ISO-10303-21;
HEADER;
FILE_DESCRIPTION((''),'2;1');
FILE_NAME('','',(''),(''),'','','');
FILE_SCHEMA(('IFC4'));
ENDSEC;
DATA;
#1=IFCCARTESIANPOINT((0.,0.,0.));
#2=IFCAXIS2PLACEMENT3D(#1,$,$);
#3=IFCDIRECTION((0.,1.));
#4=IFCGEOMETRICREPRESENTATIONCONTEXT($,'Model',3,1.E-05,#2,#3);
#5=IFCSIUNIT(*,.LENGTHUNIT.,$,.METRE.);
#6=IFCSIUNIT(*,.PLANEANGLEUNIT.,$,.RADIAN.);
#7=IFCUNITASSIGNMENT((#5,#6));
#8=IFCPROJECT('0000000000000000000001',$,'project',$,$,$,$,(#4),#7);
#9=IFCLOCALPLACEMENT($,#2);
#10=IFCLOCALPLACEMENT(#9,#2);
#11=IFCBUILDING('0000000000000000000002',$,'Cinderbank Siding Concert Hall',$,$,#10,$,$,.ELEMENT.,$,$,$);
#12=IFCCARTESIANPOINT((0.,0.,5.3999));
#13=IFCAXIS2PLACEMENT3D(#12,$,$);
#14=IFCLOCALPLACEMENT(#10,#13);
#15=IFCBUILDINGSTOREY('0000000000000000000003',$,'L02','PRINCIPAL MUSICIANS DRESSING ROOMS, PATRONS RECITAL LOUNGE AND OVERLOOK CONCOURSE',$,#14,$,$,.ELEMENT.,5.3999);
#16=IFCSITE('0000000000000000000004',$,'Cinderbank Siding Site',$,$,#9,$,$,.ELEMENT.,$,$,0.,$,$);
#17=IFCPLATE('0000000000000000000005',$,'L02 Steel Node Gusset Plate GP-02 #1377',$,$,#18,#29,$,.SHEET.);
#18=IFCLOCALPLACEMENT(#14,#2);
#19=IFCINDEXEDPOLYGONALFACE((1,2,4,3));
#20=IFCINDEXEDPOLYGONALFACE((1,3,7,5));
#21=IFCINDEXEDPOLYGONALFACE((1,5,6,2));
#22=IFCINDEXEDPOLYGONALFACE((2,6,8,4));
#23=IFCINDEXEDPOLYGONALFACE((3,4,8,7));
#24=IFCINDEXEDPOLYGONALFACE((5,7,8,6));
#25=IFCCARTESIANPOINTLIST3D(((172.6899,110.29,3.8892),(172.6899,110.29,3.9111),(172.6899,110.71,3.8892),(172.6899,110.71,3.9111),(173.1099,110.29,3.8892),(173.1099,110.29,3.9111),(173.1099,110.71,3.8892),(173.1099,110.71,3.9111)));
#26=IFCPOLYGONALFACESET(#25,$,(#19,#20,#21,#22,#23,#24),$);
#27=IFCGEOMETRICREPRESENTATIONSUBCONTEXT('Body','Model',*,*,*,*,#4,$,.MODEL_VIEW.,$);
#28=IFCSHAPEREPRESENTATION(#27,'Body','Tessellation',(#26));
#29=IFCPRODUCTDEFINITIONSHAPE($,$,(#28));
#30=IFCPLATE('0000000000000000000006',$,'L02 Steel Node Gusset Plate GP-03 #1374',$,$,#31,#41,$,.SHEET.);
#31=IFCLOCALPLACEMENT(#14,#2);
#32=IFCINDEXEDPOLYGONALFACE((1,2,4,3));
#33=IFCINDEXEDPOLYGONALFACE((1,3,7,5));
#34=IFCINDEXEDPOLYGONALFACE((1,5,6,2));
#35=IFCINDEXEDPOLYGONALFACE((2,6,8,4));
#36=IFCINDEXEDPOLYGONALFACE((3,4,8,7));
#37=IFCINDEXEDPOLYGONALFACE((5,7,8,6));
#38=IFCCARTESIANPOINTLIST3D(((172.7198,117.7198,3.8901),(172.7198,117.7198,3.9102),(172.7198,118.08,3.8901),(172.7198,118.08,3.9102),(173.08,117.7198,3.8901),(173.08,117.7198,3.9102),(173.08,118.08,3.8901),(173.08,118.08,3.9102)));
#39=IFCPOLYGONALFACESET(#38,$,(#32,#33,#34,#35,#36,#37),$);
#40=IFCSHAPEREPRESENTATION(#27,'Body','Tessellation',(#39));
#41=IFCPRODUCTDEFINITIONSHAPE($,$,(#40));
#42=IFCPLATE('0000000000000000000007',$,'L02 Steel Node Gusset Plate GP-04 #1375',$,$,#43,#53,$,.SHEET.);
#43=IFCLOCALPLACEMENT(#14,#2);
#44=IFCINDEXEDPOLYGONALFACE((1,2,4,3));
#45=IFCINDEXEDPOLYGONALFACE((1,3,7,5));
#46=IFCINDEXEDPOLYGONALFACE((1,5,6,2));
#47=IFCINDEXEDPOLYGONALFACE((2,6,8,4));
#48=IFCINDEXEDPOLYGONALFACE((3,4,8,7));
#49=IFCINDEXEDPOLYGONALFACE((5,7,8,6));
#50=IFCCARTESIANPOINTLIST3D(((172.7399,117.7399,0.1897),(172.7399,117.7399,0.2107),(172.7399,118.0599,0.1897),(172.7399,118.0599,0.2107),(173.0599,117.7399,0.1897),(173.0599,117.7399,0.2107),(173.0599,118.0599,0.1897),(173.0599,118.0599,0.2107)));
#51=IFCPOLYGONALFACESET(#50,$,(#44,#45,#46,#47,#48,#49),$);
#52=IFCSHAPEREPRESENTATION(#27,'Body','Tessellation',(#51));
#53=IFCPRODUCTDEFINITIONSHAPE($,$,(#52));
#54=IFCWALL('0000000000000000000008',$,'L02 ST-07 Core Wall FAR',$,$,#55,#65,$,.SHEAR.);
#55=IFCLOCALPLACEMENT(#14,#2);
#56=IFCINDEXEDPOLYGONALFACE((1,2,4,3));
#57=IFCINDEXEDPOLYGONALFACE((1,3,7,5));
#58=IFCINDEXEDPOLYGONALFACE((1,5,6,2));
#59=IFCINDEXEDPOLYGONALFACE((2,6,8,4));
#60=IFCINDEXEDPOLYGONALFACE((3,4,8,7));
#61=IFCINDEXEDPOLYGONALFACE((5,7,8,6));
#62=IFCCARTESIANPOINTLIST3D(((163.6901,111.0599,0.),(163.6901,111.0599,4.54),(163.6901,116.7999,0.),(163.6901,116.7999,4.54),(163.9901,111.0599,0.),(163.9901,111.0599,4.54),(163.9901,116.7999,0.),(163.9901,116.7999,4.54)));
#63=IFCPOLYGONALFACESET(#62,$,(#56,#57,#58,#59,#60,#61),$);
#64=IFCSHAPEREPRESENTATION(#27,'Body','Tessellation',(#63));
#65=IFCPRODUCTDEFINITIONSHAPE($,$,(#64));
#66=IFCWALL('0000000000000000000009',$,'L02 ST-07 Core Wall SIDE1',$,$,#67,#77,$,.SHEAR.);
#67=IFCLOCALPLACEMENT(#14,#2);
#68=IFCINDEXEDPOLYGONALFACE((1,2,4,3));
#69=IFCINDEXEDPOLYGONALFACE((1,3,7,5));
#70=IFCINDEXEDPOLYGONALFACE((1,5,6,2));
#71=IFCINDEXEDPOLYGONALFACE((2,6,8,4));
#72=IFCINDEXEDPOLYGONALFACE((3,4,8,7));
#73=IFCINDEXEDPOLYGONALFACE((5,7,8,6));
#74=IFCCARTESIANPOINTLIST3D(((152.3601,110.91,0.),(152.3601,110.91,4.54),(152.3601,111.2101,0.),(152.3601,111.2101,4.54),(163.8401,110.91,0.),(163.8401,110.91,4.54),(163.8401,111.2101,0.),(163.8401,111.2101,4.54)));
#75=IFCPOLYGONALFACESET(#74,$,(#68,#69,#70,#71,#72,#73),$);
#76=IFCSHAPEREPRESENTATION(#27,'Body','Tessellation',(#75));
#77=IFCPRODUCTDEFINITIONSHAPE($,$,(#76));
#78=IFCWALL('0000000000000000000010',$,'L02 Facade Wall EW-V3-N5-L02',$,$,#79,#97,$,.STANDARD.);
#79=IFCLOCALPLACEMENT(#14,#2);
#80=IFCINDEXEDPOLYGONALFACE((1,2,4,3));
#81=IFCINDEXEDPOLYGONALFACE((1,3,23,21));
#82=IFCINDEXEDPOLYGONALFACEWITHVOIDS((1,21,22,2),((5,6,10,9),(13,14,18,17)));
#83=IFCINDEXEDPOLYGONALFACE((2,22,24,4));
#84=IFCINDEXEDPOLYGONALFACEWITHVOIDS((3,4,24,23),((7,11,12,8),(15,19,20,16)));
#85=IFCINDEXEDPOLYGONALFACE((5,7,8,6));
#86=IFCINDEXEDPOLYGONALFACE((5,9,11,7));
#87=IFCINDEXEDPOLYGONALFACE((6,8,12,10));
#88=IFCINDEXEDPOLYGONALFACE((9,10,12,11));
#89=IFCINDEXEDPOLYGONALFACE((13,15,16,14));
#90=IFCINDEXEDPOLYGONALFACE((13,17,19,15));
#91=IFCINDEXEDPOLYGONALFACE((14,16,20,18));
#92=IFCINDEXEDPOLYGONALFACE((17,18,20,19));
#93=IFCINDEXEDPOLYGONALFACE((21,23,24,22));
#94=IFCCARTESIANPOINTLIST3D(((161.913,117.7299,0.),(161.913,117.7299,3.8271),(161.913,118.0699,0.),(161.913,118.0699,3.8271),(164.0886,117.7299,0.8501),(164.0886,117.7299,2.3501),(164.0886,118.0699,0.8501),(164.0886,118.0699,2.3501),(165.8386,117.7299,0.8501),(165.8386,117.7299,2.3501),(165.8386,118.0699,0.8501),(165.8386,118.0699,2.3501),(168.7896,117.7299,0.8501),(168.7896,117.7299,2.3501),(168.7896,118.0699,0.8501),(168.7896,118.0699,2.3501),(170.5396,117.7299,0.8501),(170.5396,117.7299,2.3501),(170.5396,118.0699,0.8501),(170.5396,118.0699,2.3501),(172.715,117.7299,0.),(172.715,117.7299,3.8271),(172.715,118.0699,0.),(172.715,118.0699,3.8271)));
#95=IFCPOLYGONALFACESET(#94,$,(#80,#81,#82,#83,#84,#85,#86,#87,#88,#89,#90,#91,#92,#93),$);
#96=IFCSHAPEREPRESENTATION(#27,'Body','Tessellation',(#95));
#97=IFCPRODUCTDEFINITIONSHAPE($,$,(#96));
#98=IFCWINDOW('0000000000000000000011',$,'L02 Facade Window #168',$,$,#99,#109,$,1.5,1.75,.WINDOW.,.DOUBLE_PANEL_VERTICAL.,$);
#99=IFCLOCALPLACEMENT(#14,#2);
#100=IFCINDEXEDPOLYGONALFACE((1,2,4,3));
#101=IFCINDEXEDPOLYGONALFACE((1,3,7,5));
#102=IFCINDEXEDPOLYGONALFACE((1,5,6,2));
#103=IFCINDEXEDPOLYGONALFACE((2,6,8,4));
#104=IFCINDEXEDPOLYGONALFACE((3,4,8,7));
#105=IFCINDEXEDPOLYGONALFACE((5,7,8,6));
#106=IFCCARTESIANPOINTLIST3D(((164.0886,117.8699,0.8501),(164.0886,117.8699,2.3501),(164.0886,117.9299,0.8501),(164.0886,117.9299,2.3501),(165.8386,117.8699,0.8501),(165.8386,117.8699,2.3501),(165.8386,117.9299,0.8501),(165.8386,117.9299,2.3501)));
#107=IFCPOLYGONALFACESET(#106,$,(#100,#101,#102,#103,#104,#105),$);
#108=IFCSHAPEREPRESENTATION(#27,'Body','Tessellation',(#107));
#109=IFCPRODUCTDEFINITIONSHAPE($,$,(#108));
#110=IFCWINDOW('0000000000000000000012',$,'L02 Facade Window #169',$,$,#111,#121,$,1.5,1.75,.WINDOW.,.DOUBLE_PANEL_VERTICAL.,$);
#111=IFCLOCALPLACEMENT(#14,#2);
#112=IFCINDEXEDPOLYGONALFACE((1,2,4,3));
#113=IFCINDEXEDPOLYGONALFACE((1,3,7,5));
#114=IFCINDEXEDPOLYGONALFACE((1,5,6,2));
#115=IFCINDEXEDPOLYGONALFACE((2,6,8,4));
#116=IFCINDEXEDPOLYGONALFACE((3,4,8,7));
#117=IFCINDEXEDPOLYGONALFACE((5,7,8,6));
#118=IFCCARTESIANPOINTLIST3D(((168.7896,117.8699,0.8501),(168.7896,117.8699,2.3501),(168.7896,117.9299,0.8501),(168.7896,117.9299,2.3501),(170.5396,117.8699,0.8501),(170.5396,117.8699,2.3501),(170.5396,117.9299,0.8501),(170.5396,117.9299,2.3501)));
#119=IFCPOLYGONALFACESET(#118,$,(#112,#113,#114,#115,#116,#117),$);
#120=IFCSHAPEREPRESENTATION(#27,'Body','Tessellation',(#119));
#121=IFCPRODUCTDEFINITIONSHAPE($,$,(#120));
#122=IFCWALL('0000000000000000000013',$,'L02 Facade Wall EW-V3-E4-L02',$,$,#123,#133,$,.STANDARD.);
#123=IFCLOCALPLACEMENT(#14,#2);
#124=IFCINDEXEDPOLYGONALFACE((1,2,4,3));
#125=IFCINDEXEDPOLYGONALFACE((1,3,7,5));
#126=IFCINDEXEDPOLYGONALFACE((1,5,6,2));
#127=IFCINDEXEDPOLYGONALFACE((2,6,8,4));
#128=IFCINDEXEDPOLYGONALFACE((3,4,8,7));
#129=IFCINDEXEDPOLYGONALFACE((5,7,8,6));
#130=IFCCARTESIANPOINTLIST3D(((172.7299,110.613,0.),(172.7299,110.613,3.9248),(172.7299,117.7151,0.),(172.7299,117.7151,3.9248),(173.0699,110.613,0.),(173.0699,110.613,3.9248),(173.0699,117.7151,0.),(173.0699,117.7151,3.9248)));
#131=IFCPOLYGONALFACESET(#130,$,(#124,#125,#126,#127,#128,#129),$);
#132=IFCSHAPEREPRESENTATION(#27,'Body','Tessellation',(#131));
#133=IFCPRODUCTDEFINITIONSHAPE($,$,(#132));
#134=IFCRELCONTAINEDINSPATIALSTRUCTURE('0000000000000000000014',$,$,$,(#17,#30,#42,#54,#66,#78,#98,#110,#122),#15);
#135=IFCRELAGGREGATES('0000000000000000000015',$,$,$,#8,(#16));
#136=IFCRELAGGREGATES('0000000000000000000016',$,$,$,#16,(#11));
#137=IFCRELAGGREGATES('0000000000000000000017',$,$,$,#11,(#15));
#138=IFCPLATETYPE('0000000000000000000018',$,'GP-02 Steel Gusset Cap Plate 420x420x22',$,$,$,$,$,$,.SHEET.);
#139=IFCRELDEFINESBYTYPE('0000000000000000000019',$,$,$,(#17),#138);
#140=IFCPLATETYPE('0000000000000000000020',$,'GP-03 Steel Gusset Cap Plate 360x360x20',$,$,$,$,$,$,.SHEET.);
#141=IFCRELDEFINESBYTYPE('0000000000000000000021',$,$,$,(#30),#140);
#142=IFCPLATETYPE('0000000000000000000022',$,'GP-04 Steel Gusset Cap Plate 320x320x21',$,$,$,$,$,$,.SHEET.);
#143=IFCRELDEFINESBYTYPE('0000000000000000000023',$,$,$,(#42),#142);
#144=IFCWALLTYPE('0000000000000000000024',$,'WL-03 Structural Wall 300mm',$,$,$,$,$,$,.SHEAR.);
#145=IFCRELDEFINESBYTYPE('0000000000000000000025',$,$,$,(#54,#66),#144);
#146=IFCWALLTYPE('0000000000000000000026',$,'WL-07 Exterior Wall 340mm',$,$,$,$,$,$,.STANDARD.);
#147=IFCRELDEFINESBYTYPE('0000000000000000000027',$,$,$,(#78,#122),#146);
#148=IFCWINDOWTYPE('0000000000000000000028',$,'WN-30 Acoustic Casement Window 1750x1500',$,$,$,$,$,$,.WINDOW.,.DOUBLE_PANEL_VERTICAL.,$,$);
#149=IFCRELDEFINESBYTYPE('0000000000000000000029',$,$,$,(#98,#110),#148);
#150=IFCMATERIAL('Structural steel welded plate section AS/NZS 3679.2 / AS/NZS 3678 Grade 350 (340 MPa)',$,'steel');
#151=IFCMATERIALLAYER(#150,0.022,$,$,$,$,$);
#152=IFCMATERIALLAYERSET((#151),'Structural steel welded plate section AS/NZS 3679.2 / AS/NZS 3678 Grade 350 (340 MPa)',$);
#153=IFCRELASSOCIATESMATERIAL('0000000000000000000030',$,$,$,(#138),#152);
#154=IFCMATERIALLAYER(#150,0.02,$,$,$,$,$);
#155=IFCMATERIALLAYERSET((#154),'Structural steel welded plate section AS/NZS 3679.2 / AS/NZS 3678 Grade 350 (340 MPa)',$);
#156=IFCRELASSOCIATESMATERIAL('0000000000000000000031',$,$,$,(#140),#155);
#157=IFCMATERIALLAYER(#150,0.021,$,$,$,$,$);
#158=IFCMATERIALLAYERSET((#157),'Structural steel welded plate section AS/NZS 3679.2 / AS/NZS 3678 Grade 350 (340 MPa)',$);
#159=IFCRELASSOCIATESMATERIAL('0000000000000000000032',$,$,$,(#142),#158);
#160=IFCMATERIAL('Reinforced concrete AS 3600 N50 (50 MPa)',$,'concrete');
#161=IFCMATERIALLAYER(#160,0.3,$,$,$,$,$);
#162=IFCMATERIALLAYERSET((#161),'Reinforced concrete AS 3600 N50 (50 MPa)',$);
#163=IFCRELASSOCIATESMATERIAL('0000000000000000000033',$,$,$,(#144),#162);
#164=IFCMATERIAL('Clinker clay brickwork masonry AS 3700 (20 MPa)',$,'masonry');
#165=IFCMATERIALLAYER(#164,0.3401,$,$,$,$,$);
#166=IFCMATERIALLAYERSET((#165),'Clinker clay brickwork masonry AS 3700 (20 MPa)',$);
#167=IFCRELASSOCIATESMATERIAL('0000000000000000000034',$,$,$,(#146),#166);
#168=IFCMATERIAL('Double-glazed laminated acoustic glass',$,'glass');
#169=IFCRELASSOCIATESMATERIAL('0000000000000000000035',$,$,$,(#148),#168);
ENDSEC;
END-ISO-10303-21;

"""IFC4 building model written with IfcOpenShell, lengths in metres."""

from ifc_helpers import new_model, si_unit, direction, frame, frame_2d, origin, origin_2d, place, context, subcontext, project, spatial, rectangle, extrude, material, layer, layer_set, type_object, element, fill, save


model = new_model("IFC4")

# Units and contexts
model_context = context("Model", 3, precision=1e-05, world=origin(), true_north=direction((0.0, 1.0)))
body_context = subcontext(model_context, "Body", "Model", "MODEL_VIEW")
ifc_project = project(units=[si_unit("LENGTHUNIT", "METRE"), si_unit("PLANEANGLEUNIT", "RADIAN")], contexts=[model_context])

# Site, building, storey
site_placement = place(None, origin())
site = spatial("IfcSite", under=ifc_project, at=site_placement, Name="Cinderbank Siding Site", CompositionType="ELEMENT", RefElevation=0.0)
building_placement = place(site_placement, origin())
building = spatial("IfcBuilding", under=site, at=building_placement, Name="Cinderbank Siding Concert Hall", CompositionType="ELEMENT")
storey_placement = place(building_placement, frame((0.0, 0.0, 5.3999)))
storey = spatial("IfcBuildingStorey", under=building, at=storey_placement, Name="L02", Description="PRINCIPAL MUSICIANS DRESSING ROOMS, PATRONS RECITAL LOUNGE AND OVERLOOK CONCOURSE", CompositionType="ELEMENT", Elevation=5.3999)

# Shared definitions
ifc_material_1 = material(Name="Reinforced concrete AS 3600 N50 (50 MPa)", Category="concrete")

# Shared definitions
ifc_material_2 = material(Name="Structural steel welded plate section AS/NZS 3679.2 / AS/NZS 3678 Grade 350 (340 MPa)", Category="steel")

# Plates
ifc_layer_1 = layer(ifc_material_2, 0.022)
ifc_layer_set_1 = layer_set([ifc_layer_1], Name="Structural steel welded plate section AS/NZS 3679.2 / AS/NZS 3678 Grade 350 (340 MPa)")
plate_type_1 = type_object("IfcPlateType", Name="GP-02 Steel Gusset Cap Plate 420x420x22", PredefinedType="SHEET", material=ifc_layer_set_1)
for number, where, z_axis, x_axis, name in (
    (1, (172.8999, 110.5, 3.8892), (0.0, 0.0, 1.0), (0.0, -1.0, 0.0), "L02 Steel Node Gusset Plate GP-02 #1377"),
):
    element("IfcPlate", number, at=place(storey_placement, frame(where, z_axis=z_axis, x_axis=x_axis)), inside=storey, type_object=plate_type_1, Name=name, PredefinedType="SHEET", context=body_context, shape_type="SweptSolid", body=[
        extrude(rectangle(XDim=0.4199, YDim=0.4199, at=origin_2d()), origin(), (0.0, 0.0, 1.0), 0.022),
    ])
ifc_layer_2 = layer(ifc_material_2, 0.02)
ifc_layer_set_2 = layer_set([ifc_layer_2], Name="Structural steel welded plate section AS/NZS 3679.2 / AS/NZS 3678 Grade 350 (340 MPa)")
plate_type_2 = type_object("IfcPlateType", Name="GP-03 Steel Gusset Cap Plate 360x360x20", PredefinedType="SHEET", material=ifc_layer_set_2)
plate_1_placement = place(storey_placement, frame((172.8999, 117.8999, 3.8901), z_axis=(0.0, 0.0, 1.0), x_axis=(0.0, 1.0, 0.0)))
element("IfcPlate", 2, at=plate_1_placement, inside=storey, type_object=plate_type_2, Name="L02 Steel Node Gusset Plate GP-03 #1374", PredefinedType="SHEET", context=body_context, shape_type="SweptSolid", body=[
    extrude(rectangle(XDim=0.3601, YDim=0.3601, at=origin_2d()), origin(), (0.0, 0.0, 1.0), 0.02),
])
ifc_layer_3 = layer(ifc_material_2, 0.021)
ifc_layer_set_3 = layer_set([ifc_layer_3], Name="Structural steel welded plate section AS/NZS 3679.2 / AS/NZS 3678 Grade 350 (340 MPa)")
plate_type_3 = type_object("IfcPlateType", Name="GP-04 Steel Gusset Cap Plate 320x320x21", PredefinedType="SHEET", material=ifc_layer_set_3)
plate_2_placement = place(storey_placement, frame((172.8999, 117.8999, 0.1897), z_axis=(0.0, 0.0, 1.0), x_axis=(0.0, -1.0, 0.0)))
element("IfcPlate", 3, at=plate_2_placement, inside=storey, type_object=plate_type_3, Name="L02 Steel Node Gusset Plate GP-04 #1375", PredefinedType="SHEET", context=body_context, shape_type="SweptSolid", body=[
    extrude(rectangle(XDim=0.3201, YDim=0.3201, at=origin_2d()), origin(), (0.0, 0.0, 1.0), 0.021),
])

# Walls
ifc_layer_4 = layer(ifc_material_1, 0.3)
ifc_layer_set_4 = layer_set([ifc_layer_4], Name="Reinforced concrete AS 3600 N50 (50 MPa)")
wall_type_1 = type_object("IfcWallType", Name="WL-03 Structural Wall 300mm", PredefinedType="SHEAR", material=ifc_layer_set_4)
wall_1_placement = place(storey_placement, frame((163.8401, 116.8, 0.0), z_axis=(0.0, 0.0, 1.0), x_axis=(0.0, -1.0, 0.0)))
element("IfcWall", 4, at=wall_1_placement, inside=storey, type_object=wall_type_1, Name="L02 ST-07 Core Wall FAR", PredefinedType="SHEAR", context=body_context, shape_type="SweptSolid", body=[
    extrude(rectangle(XDim=5.74, YDim=0.3, at=frame_2d((2.8701, 0.0))), origin(), (0.0, 0.0, 1.0), 4.54),
])
wall_2_placement = place(storey_placement, frame((163.8401, 111.0601, 0.0), z_axis=(0.0, 0.0, 1.0), x_axis=(-1.0, 0.0, 0.0)))
element("IfcWall", 5, at=wall_2_placement, inside=storey, type_object=wall_type_1, Name="L02 ST-07 Core Wall SIDE1", PredefinedType="SHEAR", context=body_context, shape_type="SweptSolid", body=[
    extrude(rectangle(XDim=11.48, YDim=0.3, at=frame_2d((5.74, 0.0))), origin(), (0.0, 0.0, 1.0), 4.54),
])

# Wall, openings, windows
ifc_material_3 = material(Name="Clinker clay brickwork masonry AS 3700 (20 MPa)", Category="masonry")
ifc_layer_5 = layer(ifc_material_3, 0.3401)
ifc_layer_set_5 = layer_set([ifc_layer_5], Name="Clinker clay brickwork masonry AS 3700 (20 MPa)")
wall_type_2 = type_object("IfcWallType", Name="WL-07 Exterior Wall 340mm", PredefinedType="STANDARD", material=ifc_layer_set_5)
wall_3_placement = place(storey_placement, frame((161.9131, 117.8999, 0.0), z_axis=(0.0, 0.0, 1.0), x_axis=(1.0, 0.0, 0.0)))
wall_3 = element("IfcWall", 6, at=wall_3_placement, inside=storey, type_object=wall_type_2, Name="L02 Facade Wall EW-V3-N5-L02", PredefinedType="STANDARD", context=body_context, shape_type="SweptSolid", body=[
    extrude(rectangle(XDim=10.802, YDim=0.3401, at=frame_2d((5.4009, 0.0))), origin(), (0.0, 0.0, 1.0), 3.8271),
])
opening_1_placement = place(wall_3_placement, frame((2.1755, 0.0, 0.8501)))
opening_1 = element("IfcOpeningElement", 7, at=opening_1_placement, cuts=wall_3, PredefinedType="OPENING", context=body_context, shape_type="SweptSolid", body=[
    extrude(rectangle(XDim=1.75, YDim=1.5, at=frame_2d((0.875, 0.75))), frame((0.0, 0.1821, 0.0), z_axis=(0.0, -1.0, 0.0), x_axis=(1.0, 0.0, 0.0)), (0.0, 0.0, 1.0), 0.364),
])
opening_2_placement = place(wall_3_placement, frame((6.8765, 0.0, 0.8501)))
opening_2 = element("IfcOpeningElement", 8, at=opening_2_placement, cuts=wall_3, PredefinedType="OPENING", context=body_context, shape_type="SweptSolid", body=[
    extrude(rectangle(XDim=1.75, YDim=1.5, at=frame_2d((0.875, 0.75))), frame((0.0, 0.1821, 0.0), z_axis=(0.0, -1.0, 0.0), x_axis=(1.0, 0.0, 0.0)), (0.0, 0.0, 1.0), 0.364),
])
ifc_material_4 = material(Name="Double-glazed laminated acoustic glass", Category="glass")
window_type = type_object("IfcWindowType", Name="WN-30 Acoustic Casement Window 1750x1500", PartitioningType="DOUBLE_PANEL_VERTICAL", PredefinedType="WINDOW", material=ifc_material_4)
window_1_placement = place(opening_1_placement, origin())
window_1 = element("IfcWindow", 9, at=window_1_placement, inside=storey, type_object=window_type, Name="L02 Facade Window #168", OverallHeight=1.5, OverallWidth=1.75, PartitioningType="DOUBLE_PANEL_VERTICAL", PredefinedType="WINDOW", context=body_context, shape_type="SweptSolid", body=[
    extrude(rectangle(XDim=1.75, YDim=1.5, at=frame_2d((0.875, 0.75))), frame((0.0, 0.03, 0.0), z_axis=(0.0, -1.0, 0.0), x_axis=(1.0, 0.0, 0.0)), (0.0, 0.0, 1.0), 0.0601),
])
fill(opening_1, window_1)
window_2_placement = place(opening_2_placement, origin())
window_2 = element("IfcWindow", 10, at=window_2_placement, inside=storey, type_object=window_type, Name="L02 Facade Window #169", OverallHeight=1.5, OverallWidth=1.75, PartitioningType="DOUBLE_PANEL_VERTICAL", PredefinedType="WINDOW", context=body_context, shape_type="SweptSolid", body=[
    extrude(rectangle(XDim=1.75, YDim=1.5, at=frame_2d((0.875, 0.75))), frame((0.0, 0.03, 0.0), z_axis=(0.0, -1.0, 0.0), x_axis=(1.0, 0.0, 0.0)), (0.0, 0.0, 1.0), 0.0601),
])
fill(opening_2, window_2)

# Wall
wall_4_placement = place(storey_placement, frame((172.8999, 117.7151, 0.0), z_axis=(0.0, 0.0, 1.0), x_axis=(0.0, -1.0, 0.0)))
element("IfcWall", 11, at=wall_4_placement, inside=storey, type_object=wall_type_2, Name="L02 Facade Wall EW-V3-E4-L02", PredefinedType="STANDARD", context=body_context, shape_type="SweptSolid", body=[
    extrude(rectangle(XDim=7.1021, YDim=0.3401, at=frame_2d((3.551, 0.0))), origin(), (0.0, 0.0, 1.0), 3.9248),
])

save(model, "model.ifc")
